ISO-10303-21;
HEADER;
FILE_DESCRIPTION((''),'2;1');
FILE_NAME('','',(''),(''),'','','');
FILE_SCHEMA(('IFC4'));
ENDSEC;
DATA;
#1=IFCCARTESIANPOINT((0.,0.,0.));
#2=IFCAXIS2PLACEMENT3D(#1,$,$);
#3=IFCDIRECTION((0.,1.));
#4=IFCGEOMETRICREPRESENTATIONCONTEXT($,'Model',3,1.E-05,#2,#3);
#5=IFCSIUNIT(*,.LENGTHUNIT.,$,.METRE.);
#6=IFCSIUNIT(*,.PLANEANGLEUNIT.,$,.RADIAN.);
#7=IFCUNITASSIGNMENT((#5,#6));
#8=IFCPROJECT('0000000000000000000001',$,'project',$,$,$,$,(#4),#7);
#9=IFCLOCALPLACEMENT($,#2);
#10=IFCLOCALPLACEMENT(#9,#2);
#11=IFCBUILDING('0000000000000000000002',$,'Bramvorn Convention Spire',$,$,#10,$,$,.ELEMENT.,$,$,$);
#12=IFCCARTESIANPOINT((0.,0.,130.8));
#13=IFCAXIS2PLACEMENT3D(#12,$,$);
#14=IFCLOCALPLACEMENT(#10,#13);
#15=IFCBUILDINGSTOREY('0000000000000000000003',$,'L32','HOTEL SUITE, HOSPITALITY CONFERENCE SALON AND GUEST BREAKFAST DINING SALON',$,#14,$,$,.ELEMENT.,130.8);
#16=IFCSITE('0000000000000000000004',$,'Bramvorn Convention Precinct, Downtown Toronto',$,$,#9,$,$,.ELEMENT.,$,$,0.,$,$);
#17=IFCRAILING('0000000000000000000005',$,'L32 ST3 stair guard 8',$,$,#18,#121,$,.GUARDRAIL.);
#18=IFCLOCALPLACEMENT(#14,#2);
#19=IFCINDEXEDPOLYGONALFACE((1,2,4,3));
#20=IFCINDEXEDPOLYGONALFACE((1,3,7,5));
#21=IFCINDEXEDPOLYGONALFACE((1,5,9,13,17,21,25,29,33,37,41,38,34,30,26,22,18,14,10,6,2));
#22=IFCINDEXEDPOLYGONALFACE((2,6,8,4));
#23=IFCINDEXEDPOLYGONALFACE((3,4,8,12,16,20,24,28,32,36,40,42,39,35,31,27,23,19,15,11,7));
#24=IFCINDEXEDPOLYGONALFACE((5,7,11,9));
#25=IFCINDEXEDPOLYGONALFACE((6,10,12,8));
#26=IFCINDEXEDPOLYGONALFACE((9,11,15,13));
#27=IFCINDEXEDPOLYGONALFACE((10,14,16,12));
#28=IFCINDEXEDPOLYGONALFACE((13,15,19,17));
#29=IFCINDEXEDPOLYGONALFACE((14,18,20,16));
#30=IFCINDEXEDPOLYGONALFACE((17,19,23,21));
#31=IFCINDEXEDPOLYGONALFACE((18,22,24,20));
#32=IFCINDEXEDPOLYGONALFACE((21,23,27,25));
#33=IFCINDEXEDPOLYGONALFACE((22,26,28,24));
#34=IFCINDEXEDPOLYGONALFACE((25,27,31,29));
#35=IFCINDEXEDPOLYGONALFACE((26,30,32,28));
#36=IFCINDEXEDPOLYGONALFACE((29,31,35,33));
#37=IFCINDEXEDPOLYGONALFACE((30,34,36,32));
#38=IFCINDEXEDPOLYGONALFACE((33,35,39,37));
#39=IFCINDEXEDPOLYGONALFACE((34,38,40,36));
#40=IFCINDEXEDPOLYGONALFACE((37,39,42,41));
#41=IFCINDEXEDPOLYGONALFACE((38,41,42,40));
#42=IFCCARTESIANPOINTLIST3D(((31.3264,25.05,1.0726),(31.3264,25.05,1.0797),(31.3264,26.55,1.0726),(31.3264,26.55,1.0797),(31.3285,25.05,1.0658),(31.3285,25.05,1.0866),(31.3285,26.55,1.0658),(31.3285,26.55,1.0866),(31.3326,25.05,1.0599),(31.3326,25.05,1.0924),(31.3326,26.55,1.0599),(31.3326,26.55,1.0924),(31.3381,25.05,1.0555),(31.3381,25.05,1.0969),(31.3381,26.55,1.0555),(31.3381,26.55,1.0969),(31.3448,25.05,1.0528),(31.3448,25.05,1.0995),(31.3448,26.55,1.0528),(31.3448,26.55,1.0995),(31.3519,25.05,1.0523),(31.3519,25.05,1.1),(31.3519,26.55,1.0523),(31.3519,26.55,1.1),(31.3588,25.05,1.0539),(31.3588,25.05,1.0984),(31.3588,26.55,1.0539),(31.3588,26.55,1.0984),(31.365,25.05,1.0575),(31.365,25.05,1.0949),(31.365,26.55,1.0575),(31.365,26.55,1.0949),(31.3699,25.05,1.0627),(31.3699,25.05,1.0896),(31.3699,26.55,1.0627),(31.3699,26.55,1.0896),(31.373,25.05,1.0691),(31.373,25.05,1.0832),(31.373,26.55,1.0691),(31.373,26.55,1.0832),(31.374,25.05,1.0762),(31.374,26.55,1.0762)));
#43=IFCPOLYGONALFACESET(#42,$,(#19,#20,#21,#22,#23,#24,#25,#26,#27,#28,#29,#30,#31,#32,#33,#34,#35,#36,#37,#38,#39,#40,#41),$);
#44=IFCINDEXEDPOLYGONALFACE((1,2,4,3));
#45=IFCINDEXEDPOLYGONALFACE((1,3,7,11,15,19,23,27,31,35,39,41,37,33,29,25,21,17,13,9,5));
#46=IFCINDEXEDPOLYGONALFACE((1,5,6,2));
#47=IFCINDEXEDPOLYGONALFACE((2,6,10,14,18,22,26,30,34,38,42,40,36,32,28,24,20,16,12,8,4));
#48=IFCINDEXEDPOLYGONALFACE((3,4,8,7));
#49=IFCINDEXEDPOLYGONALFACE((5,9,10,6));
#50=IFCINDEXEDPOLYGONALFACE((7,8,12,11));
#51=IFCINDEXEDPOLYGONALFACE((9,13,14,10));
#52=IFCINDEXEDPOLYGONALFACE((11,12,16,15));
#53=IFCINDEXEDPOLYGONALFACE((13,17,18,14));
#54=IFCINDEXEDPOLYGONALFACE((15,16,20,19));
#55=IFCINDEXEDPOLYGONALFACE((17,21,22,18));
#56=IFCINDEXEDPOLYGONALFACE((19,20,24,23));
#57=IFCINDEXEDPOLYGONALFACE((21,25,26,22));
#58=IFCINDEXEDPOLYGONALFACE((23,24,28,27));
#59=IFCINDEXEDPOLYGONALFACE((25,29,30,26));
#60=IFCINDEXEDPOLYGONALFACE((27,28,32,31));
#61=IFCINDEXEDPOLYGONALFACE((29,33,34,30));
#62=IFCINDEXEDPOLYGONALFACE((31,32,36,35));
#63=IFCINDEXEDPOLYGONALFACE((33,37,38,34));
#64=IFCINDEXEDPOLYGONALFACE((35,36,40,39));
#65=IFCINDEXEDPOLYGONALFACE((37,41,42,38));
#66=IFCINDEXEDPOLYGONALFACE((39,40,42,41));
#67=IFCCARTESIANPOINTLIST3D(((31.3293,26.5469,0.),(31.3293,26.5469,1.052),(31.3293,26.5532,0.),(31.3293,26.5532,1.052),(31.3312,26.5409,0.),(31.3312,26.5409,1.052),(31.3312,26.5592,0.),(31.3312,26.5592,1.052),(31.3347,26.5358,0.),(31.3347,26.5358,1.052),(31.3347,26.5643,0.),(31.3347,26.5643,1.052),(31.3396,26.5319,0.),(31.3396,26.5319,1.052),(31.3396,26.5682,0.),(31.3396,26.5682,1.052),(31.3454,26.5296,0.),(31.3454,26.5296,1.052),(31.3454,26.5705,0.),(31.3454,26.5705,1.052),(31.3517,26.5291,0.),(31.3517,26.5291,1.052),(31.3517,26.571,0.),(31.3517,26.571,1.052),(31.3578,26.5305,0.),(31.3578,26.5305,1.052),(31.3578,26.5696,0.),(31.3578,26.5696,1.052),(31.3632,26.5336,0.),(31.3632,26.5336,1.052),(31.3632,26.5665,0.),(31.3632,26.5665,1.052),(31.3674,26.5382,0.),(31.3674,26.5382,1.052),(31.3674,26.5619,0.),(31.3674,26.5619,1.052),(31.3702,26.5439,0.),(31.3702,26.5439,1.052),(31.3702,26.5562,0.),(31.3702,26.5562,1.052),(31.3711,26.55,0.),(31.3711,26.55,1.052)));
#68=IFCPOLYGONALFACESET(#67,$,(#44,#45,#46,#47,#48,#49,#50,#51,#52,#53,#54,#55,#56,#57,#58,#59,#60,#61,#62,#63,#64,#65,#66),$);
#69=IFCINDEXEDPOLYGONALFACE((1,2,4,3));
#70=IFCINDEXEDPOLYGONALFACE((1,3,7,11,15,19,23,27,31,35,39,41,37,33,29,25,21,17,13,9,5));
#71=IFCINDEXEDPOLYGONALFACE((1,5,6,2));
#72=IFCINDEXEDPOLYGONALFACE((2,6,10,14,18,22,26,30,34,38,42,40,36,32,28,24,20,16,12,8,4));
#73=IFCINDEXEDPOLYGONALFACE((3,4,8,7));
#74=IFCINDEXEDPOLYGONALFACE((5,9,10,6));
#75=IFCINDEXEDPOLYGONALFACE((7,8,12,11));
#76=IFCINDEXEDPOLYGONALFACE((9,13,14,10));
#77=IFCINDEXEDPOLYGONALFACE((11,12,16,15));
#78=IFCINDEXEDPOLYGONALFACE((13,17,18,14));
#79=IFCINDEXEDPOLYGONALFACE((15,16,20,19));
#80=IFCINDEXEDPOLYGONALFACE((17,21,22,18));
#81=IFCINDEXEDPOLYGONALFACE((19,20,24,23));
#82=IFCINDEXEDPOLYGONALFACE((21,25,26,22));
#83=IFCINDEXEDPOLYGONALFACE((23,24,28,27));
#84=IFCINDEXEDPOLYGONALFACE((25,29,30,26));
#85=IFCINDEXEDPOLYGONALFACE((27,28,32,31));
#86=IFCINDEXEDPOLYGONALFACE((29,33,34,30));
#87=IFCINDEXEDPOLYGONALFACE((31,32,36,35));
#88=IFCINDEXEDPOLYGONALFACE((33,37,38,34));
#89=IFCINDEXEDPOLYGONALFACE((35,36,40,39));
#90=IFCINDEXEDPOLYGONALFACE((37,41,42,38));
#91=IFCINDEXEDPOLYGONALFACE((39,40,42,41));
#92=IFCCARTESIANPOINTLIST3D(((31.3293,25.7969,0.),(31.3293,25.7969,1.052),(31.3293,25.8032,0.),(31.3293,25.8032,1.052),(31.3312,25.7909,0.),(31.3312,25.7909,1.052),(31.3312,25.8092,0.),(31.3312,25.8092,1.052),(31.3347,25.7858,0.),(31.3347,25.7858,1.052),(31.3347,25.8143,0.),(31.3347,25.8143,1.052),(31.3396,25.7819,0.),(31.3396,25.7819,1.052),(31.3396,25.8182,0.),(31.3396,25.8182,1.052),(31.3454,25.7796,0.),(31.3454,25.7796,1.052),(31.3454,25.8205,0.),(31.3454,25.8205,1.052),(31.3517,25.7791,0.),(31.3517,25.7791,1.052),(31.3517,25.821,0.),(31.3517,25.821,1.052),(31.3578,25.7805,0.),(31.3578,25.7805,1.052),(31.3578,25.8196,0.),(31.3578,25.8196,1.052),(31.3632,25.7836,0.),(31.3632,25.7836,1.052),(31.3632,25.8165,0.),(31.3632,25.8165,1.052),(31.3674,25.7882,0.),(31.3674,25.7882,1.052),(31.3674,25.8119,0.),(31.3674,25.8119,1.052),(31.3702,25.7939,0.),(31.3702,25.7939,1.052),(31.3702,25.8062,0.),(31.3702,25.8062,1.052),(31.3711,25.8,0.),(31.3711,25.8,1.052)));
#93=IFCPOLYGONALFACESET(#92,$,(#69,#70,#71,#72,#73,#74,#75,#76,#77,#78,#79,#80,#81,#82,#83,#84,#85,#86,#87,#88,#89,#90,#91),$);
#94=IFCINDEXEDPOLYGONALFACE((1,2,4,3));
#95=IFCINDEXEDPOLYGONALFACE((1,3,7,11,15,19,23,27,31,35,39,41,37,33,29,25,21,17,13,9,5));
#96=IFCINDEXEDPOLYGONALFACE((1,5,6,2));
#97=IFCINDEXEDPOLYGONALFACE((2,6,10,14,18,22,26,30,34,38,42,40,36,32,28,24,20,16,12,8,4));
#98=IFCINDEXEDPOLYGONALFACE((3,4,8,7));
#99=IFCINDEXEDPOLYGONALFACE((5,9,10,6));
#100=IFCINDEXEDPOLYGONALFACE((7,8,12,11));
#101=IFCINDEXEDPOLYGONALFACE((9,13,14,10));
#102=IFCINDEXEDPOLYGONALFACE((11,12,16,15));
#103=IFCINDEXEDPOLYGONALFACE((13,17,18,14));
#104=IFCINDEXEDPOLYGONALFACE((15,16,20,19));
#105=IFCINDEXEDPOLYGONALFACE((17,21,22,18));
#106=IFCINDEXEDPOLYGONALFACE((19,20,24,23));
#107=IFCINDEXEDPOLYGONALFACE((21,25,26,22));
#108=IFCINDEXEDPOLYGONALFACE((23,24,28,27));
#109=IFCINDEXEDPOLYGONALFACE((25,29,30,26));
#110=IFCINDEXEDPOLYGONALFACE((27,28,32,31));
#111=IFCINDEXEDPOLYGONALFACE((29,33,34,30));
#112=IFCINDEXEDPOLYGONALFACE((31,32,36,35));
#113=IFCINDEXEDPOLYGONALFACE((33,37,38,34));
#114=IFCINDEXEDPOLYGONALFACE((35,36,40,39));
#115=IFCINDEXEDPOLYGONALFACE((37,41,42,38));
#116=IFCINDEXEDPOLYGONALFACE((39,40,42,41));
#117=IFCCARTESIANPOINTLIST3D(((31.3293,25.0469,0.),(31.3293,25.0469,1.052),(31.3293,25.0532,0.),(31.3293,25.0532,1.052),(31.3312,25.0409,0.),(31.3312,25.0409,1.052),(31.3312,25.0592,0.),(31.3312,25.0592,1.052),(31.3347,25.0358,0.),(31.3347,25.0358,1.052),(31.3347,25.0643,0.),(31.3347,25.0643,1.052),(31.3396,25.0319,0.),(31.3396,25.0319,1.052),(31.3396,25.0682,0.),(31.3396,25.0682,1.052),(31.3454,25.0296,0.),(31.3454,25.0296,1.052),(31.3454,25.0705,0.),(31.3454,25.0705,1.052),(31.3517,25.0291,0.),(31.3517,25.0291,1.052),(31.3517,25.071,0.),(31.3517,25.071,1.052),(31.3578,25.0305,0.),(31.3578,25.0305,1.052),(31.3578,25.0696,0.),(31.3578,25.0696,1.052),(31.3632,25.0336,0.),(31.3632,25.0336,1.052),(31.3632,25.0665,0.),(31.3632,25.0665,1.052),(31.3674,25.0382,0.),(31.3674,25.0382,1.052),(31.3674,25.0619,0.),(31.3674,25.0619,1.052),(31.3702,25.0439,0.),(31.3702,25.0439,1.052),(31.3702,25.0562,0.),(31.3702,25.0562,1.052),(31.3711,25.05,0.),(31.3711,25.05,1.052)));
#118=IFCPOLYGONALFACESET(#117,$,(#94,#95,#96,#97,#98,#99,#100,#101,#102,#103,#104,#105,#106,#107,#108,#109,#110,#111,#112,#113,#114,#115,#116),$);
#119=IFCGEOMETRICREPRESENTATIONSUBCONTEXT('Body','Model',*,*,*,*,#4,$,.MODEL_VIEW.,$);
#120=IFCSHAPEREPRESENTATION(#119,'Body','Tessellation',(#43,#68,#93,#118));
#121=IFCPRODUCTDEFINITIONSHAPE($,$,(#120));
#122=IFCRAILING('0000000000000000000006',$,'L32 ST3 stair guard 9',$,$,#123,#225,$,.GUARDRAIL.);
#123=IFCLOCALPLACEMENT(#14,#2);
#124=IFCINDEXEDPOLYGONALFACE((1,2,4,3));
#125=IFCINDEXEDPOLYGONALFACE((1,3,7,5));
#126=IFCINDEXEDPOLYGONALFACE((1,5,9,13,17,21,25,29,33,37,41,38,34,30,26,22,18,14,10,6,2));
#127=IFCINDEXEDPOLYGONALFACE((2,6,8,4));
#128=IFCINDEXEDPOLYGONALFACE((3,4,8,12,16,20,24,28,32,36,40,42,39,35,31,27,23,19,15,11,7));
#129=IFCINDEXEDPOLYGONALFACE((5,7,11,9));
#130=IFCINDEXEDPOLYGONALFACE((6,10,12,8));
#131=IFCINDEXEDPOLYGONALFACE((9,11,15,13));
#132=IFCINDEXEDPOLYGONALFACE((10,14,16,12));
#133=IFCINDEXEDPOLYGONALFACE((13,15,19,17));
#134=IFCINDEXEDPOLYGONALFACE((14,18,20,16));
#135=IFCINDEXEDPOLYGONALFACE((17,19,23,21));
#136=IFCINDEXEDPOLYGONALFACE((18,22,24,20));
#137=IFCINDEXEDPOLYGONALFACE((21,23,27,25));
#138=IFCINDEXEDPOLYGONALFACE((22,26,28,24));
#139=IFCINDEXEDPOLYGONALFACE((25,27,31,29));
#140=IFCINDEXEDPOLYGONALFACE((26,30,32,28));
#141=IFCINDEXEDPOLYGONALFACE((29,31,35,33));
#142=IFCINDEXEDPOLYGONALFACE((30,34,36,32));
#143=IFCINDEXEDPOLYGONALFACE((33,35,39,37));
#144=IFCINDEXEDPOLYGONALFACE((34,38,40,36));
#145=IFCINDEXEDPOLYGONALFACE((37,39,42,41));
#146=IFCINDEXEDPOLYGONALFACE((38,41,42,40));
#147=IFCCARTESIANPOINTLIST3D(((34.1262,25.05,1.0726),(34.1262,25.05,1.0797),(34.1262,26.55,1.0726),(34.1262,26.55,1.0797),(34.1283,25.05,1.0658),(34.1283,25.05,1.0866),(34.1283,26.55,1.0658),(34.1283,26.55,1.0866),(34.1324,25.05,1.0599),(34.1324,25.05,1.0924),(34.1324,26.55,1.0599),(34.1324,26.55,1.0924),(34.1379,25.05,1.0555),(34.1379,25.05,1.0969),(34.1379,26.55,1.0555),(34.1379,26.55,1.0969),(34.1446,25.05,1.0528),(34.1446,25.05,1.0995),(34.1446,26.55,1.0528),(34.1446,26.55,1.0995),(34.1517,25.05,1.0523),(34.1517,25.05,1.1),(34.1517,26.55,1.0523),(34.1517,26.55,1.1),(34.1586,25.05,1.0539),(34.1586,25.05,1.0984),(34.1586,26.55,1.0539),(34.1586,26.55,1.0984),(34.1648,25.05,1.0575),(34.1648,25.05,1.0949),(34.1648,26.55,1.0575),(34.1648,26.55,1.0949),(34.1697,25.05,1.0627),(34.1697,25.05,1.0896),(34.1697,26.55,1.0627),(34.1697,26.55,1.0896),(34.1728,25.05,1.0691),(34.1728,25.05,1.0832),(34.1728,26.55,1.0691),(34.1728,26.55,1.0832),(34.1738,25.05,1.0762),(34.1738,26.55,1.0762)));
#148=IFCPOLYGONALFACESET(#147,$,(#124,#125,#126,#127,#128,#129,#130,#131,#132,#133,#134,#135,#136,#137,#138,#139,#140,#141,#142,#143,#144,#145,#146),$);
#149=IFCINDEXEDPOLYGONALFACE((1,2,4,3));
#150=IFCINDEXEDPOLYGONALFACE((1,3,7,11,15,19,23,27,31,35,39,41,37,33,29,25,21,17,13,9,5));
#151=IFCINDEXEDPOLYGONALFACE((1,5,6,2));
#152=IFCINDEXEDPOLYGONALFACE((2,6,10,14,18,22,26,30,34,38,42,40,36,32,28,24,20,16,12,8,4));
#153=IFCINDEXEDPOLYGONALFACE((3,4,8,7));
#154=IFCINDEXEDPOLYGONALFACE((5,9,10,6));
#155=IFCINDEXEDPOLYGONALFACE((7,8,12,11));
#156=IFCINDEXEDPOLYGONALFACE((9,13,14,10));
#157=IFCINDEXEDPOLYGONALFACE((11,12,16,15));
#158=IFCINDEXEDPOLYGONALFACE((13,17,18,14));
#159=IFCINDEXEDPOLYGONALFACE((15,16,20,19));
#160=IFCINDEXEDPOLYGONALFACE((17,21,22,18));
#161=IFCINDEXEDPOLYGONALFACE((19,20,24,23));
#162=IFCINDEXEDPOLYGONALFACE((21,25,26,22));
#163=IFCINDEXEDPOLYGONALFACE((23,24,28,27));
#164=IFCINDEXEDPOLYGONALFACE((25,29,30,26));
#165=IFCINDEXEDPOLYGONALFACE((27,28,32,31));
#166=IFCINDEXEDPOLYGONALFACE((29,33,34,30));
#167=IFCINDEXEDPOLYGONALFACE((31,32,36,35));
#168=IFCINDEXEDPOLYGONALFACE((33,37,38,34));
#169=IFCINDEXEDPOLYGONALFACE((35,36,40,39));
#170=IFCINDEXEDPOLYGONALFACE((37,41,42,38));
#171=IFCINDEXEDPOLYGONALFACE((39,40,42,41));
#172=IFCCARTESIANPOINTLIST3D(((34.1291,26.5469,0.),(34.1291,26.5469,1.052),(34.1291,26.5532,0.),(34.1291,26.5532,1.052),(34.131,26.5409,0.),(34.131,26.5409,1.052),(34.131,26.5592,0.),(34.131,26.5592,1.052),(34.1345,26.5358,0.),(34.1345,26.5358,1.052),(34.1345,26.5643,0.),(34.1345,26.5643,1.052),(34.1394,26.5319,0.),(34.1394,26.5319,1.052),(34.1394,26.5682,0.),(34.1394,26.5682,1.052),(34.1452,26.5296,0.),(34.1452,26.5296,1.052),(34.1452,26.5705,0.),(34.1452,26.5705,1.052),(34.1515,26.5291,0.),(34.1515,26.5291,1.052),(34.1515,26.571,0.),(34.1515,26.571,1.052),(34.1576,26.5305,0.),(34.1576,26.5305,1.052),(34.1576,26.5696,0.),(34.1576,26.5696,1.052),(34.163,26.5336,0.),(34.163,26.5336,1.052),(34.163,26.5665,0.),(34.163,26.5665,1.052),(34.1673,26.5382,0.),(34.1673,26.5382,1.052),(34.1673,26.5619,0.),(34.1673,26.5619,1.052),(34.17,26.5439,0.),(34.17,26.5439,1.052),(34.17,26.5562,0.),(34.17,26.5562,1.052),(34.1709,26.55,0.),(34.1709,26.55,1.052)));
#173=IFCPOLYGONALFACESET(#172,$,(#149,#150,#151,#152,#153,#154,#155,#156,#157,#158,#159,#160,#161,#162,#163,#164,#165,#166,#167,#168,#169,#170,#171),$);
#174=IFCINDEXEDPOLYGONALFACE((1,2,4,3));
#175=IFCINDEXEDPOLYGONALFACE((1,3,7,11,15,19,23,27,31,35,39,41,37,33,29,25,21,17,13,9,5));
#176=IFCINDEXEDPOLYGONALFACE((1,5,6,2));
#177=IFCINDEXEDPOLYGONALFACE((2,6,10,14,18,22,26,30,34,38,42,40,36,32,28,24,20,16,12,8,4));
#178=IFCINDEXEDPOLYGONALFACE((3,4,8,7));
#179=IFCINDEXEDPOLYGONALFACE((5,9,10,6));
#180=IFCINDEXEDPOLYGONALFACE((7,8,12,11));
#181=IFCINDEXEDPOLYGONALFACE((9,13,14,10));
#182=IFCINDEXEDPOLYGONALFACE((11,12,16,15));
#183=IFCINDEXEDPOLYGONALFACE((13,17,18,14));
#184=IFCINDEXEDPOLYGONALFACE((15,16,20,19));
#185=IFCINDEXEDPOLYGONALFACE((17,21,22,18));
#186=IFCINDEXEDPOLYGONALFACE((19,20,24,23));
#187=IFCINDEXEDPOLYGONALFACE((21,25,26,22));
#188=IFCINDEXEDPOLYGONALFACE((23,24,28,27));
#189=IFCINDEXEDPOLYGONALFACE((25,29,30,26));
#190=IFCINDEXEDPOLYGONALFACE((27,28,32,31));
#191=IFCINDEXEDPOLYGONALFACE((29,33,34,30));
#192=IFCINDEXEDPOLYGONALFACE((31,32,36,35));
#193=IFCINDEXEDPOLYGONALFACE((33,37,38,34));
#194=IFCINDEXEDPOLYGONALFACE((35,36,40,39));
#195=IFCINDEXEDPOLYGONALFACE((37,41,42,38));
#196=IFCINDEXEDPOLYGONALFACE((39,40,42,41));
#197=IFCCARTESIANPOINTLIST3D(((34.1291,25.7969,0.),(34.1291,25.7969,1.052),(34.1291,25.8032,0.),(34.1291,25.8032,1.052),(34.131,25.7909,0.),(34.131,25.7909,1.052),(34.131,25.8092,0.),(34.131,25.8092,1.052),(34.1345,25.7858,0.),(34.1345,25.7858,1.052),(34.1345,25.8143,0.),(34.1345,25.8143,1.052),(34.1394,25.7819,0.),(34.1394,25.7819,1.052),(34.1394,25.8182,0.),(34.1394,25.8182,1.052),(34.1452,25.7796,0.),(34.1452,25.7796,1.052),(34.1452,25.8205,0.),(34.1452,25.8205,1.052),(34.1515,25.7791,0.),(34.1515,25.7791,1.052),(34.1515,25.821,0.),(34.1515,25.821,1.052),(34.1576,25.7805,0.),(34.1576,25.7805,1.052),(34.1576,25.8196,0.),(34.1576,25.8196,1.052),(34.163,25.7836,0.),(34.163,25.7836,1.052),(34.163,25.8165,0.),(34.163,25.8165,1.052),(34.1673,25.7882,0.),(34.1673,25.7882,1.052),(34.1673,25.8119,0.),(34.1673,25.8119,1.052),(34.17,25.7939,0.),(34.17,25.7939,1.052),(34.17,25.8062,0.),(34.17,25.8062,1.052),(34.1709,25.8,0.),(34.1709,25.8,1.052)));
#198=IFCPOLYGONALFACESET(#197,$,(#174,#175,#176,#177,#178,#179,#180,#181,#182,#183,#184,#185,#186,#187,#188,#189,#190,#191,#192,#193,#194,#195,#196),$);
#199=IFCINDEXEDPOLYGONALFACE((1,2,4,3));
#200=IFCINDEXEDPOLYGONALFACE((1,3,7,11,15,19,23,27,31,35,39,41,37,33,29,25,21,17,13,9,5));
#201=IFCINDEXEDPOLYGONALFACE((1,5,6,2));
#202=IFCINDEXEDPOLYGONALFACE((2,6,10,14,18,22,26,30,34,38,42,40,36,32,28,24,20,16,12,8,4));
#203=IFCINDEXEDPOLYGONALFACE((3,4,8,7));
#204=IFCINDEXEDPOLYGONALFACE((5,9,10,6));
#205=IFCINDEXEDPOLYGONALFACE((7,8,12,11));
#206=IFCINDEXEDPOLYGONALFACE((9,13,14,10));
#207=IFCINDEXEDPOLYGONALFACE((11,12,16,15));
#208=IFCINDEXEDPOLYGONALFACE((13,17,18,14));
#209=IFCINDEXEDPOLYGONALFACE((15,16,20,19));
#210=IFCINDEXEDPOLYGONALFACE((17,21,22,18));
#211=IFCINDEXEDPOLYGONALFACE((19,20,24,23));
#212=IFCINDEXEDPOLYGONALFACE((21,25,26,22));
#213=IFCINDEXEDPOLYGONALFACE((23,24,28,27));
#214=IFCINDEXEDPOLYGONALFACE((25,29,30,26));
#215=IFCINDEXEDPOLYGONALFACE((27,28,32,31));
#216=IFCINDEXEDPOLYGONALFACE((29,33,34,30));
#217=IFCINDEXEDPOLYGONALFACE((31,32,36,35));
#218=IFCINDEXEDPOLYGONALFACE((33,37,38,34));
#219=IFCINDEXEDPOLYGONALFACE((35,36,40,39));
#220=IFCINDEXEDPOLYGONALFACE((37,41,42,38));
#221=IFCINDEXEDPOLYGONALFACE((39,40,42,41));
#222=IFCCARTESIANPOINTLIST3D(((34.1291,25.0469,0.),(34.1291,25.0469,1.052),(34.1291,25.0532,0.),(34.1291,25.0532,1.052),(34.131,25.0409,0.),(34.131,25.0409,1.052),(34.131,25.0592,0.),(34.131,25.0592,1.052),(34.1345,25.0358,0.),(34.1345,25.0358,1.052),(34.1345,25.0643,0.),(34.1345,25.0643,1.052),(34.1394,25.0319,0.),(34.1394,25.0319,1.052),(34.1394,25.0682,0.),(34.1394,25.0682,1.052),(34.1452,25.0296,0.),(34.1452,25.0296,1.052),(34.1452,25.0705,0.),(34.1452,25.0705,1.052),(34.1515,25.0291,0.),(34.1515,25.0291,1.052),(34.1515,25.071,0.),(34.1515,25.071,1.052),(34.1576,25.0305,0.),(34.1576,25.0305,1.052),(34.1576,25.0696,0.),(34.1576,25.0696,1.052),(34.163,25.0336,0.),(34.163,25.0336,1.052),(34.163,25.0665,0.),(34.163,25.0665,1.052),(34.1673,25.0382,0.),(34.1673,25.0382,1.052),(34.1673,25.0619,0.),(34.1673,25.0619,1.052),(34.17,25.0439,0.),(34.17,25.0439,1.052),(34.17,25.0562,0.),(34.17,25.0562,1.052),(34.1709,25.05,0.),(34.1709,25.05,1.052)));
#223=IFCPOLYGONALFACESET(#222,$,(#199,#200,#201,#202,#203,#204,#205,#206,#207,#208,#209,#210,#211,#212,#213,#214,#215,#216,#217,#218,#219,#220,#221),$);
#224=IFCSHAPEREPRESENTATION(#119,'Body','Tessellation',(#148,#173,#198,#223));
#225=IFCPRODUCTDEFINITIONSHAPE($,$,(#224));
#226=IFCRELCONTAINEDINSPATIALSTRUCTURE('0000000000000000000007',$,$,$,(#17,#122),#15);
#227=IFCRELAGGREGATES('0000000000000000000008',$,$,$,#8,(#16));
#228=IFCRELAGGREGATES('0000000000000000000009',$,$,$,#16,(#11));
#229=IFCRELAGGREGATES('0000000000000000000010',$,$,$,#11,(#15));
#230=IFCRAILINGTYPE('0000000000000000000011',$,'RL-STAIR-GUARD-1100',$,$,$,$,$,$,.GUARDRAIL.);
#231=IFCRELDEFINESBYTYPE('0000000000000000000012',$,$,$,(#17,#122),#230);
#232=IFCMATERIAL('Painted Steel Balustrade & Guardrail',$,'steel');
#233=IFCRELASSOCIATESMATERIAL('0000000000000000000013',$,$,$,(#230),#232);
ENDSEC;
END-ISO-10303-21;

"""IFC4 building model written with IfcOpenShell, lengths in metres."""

from ifc_helpers import new_model, si_unit, direction, frame, origin, origin_2d, place, context, subcontext, project, spatial, circle, extrude, material, type_object, element, save


model = new_model("IFC4")

# Units and contexts
model_context = context("Model", 3, precision=1e-05, world=origin(), true_north=direction((0.0, 1.0)))
body_context = subcontext(model_context, "Body", "Model", "MODEL_VIEW")
ifc_project = project(units=[si_unit("LENGTHUNIT", "METRE"), si_unit("PLANEANGLEUNIT", "RADIAN")], contexts=[model_context])

# Site, building, storey
site_placement = place(None, origin())
site = spatial("IfcSite", under=ifc_project, at=site_placement, Name="Bramvorn Convention Precinct, Downtown Toronto", CompositionType="ELEMENT", RefElevation=0.0)
building_placement = place(site_placement, origin())
building = spatial("IfcBuilding", under=site, at=building_placement, Name="Bramvorn Convention Spire", CompositionType="ELEMENT")
storey_placement = place(building_placement, frame((0.0, 0.0, 130.8)))
storey = spatial("IfcBuildingStorey", under=building, at=storey_placement, Name="L32", Description="HOTEL SUITE, HOSPITALITY CONFERENCE SALON AND GUEST BREAKFAST DINING SALON", CompositionType="ELEMENT", Elevation=130.8)

# Railings
ifc_material_1 = material(Name="Painted Steel Balustrade & Guardrail", Category="steel")
railing_type = type_object("IfcRailingType", Name="RL-STAIR-GUARD-1100", PredefinedType="GUARDRAIL", material=ifc_material_1)
for number, where, name in (
    (1, (31.3501, 26.55, 0.0), "L32 ST3 stair guard 8"),
    (2, (34.1499, 26.55, 0.0), "L32 ST3 stair guard 9"),
):
    element("IfcRailing", number, at=place(storey_placement, frame(where)), inside=storey, type_object=railing_type, Name=name, PredefinedType="GUARDRAIL", context=body_context, shape_type="SweptSolid", body=[
        extrude(circle(Radius=0.0239, at=origin_2d()), frame((0.0, 0.0, 1.0762), z_axis=(0.0, -1.0, 0.0), x_axis=(1.0, 0.0, 0.0)), (0.0, 0.0, 1.0), 1.5),
        extrude(circle(Radius=0.021, at=origin_2d()), origin(), (0.0, 0.0, 1.0), 1.052),
        extrude(circle(Radius=0.021, at=origin_2d()), frame((0.0, -0.75, 0.0)), (0.0, 0.0, 1.0), 1.052),
        extrude(circle(Radius=0.021, at=origin_2d()), frame((0.0, -1.5, 0.0)), (0.0, 0.0, 1.0), 1.052),
    ])

save(model, "model.ifc")
